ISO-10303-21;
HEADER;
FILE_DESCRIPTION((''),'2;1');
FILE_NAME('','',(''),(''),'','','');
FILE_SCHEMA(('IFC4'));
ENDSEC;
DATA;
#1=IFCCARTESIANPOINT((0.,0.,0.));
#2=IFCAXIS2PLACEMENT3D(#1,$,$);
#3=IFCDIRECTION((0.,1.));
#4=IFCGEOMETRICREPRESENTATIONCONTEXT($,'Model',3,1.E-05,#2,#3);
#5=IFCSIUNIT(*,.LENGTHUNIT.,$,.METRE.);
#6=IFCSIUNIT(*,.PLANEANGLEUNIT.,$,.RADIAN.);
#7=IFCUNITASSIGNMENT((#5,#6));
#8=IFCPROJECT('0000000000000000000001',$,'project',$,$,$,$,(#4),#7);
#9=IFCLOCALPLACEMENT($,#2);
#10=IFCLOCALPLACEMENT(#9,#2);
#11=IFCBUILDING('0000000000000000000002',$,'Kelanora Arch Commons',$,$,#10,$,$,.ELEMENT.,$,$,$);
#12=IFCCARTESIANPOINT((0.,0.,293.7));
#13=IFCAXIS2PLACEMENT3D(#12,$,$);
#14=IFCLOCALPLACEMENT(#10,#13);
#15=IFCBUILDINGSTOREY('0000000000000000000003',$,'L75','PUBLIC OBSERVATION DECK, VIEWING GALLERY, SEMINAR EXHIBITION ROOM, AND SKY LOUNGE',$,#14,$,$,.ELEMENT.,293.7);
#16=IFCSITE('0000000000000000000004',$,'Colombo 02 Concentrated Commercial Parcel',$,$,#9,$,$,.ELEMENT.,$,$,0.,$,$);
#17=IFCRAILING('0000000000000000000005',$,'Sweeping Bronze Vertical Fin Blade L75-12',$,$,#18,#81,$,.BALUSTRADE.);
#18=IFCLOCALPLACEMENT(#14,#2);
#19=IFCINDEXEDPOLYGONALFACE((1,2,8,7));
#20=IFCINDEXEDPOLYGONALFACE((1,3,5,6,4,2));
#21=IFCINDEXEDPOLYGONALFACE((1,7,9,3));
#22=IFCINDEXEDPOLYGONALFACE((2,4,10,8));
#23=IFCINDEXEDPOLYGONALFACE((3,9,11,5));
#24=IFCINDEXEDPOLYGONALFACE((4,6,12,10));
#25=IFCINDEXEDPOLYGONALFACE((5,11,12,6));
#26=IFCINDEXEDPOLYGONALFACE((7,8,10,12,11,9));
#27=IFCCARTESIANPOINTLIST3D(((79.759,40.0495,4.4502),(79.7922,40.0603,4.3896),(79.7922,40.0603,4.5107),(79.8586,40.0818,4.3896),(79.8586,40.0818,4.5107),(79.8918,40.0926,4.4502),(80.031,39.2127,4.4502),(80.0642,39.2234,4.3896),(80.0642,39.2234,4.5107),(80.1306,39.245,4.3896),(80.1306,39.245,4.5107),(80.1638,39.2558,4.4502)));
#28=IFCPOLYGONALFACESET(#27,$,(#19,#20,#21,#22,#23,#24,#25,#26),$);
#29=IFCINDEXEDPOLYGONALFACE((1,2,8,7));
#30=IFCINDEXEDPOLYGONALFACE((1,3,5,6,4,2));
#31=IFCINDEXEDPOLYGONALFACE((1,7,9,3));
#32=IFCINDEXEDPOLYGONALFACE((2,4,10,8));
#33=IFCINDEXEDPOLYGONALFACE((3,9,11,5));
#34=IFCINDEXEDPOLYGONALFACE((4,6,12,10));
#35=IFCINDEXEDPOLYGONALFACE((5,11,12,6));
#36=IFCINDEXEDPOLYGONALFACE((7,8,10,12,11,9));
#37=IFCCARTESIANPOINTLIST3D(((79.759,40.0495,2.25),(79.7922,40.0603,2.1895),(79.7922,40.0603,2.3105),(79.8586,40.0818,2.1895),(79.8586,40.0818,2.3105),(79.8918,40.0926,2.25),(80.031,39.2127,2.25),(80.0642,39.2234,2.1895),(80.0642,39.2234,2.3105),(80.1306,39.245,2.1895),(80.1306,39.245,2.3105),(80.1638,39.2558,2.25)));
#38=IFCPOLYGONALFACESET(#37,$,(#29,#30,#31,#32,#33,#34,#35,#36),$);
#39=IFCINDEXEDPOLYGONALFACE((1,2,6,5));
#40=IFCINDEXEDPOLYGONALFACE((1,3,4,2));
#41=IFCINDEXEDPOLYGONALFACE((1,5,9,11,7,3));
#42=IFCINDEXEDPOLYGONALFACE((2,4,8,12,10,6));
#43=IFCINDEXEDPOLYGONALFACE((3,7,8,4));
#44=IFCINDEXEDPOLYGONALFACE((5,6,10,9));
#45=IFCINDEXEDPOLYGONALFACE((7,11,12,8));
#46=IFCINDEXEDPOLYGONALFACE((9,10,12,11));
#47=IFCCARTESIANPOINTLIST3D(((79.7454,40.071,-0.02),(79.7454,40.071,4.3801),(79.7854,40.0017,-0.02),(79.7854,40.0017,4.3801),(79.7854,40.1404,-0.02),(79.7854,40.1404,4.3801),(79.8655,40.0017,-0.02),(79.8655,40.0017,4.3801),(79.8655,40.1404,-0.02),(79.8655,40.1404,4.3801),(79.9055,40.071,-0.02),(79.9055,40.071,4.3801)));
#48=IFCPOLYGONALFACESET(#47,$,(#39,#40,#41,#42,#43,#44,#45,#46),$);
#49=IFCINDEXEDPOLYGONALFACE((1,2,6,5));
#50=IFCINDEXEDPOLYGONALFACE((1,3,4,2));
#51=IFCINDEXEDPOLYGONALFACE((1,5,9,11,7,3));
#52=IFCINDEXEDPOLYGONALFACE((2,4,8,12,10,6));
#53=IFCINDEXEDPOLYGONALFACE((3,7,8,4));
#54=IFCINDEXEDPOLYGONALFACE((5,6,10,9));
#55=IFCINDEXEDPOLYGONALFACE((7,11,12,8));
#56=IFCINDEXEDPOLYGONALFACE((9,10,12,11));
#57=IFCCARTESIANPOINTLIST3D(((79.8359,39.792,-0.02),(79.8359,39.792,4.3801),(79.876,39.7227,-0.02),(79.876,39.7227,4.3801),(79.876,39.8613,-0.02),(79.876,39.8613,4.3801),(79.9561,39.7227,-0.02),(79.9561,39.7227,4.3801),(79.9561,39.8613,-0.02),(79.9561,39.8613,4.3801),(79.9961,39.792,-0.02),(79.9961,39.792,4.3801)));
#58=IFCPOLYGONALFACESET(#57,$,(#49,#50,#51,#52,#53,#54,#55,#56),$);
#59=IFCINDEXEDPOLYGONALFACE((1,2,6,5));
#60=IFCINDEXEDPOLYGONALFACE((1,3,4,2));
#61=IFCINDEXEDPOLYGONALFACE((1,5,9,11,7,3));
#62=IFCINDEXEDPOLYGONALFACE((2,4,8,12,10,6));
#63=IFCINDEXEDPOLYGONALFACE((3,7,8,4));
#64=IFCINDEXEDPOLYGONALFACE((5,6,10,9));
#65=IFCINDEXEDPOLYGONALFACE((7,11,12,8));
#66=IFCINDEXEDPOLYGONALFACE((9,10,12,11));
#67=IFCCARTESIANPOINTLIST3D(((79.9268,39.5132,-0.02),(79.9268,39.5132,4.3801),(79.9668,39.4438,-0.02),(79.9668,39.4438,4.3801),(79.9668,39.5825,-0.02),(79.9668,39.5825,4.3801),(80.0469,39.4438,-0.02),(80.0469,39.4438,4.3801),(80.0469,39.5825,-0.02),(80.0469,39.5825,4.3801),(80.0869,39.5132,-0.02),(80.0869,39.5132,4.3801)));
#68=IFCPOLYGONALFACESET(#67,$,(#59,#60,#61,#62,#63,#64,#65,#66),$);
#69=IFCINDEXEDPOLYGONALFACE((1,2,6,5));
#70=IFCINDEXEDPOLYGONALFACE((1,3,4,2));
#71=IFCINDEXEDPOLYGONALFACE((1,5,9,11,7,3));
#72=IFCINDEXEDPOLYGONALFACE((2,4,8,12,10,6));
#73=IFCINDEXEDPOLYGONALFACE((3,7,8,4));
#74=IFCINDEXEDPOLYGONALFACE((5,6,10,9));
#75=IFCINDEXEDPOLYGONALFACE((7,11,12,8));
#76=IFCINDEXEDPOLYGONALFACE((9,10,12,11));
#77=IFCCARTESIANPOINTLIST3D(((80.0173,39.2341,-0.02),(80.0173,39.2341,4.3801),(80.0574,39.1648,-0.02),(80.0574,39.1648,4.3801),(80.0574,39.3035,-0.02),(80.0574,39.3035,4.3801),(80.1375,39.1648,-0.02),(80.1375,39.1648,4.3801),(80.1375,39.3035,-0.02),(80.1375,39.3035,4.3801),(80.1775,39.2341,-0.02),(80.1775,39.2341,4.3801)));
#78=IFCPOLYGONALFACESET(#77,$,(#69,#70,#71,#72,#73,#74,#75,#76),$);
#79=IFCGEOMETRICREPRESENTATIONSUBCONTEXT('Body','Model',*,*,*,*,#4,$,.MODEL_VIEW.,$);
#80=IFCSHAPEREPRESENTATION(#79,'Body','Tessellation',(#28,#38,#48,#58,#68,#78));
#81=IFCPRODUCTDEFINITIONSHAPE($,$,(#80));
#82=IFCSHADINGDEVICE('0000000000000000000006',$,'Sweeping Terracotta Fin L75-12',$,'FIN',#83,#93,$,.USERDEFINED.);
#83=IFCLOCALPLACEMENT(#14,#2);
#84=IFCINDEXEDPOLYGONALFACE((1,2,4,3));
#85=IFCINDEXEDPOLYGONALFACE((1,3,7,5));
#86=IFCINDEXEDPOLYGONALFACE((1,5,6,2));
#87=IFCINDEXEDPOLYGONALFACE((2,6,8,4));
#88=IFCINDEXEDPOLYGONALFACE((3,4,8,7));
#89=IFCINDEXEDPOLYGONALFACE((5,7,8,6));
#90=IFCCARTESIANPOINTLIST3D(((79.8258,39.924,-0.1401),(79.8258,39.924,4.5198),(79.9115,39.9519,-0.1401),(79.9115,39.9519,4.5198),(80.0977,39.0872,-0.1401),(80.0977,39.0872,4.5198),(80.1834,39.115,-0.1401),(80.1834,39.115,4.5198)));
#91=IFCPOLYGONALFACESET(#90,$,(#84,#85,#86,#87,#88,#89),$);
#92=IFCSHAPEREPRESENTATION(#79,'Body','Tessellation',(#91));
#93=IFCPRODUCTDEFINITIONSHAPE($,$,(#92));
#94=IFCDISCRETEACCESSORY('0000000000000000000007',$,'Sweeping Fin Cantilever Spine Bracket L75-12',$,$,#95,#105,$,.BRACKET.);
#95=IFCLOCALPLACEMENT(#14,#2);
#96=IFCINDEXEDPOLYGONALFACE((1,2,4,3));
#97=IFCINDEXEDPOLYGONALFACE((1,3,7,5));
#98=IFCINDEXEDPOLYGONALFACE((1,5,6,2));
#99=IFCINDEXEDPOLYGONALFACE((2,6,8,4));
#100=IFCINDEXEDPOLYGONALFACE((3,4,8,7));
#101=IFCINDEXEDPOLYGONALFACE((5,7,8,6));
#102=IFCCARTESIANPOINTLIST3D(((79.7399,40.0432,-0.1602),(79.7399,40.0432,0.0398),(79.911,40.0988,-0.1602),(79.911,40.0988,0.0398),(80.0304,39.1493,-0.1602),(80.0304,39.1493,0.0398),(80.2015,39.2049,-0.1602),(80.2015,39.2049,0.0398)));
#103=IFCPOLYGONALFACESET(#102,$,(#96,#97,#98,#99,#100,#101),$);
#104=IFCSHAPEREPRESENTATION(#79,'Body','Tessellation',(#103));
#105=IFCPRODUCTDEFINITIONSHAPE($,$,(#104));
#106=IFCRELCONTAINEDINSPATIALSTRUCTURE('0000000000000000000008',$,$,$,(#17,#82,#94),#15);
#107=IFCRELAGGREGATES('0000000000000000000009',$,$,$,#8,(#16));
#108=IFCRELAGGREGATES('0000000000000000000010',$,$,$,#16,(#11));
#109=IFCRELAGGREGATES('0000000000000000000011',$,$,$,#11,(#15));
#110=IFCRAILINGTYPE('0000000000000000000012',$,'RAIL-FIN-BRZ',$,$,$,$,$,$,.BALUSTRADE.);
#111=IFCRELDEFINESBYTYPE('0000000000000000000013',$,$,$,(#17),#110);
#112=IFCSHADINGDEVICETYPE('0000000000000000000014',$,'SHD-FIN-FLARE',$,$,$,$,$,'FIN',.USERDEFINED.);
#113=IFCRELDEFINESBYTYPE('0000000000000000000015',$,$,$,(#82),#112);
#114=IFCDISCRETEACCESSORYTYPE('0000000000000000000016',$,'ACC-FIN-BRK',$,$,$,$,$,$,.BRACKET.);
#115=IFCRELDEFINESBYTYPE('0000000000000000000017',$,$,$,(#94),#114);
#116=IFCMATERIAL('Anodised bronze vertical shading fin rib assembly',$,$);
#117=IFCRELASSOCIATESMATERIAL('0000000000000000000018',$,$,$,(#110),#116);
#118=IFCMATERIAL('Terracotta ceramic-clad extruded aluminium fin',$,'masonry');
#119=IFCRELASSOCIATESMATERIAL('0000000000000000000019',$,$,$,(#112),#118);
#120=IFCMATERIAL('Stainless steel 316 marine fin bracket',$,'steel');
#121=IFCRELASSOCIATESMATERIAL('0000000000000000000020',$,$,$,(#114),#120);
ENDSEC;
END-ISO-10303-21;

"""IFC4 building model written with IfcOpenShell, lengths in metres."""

from ifc_helpers import new_model, si_unit, direction, frame, origin, origin_2d, place, context, subcontext, project, spatial, polyline, rectangle, outline, extrude, source, transform, mapped, material, type_object, element, save


model = new_model("IFC4")

# Units and contexts
model_context = context("Model", 3, precision=1e-05, world=origin(), true_north=direction((0.0, 1.0)))
body_context = subcontext(model_context, "Body", "Model", "MODEL_VIEW")
ifc_project = project(units=[si_unit("LENGTHUNIT", "METRE"), si_unit("PLANEANGLEUNIT", "RADIAN")], contexts=[model_context])

# Site, building, storey
site_placement = place(None, origin())
site = spatial("IfcSite", under=ifc_project, at=site_placement, Name="Colombo 02 Concentrated Commercial Parcel", CompositionType="ELEMENT", RefElevation=0.0)
building_placement = place(site_placement, origin())
building = spatial("IfcBuilding", under=site, at=building_placement, Name="Kelanora Arch Commons", CompositionType="ELEMENT")
storey_placement = place(building_placement, frame((0.0, 0.0, 293.7)))
storey = spatial("IfcBuildingStorey", under=building, at=storey_placement, Name="L75", Description="PUBLIC OBSERVATION DECK, VIEWING GALLERY, SEMINAR EXHIBITION ROOM, AND SKY LOUNGE", CompositionType="ELEMENT", Elevation=293.7)

# Railing
ifc_material_1 = material(Name="Anodised bronze vertical shading fin rib assembly")
railing_type = type_object("IfcRailingType", Name="RAIL-FIN-BRZ", PredefinedType="BALUSTRADE", material=ifc_material_1)
railing_placement = place(storey_placement, frame((79.8254, 40.071, -0.02)))
element("IfcRailing", 1, at=railing_placement, inside=storey, type_object=railing_type, Name="Sweeping Bronze Vertical Fin Blade L75-12", PredefinedType="BALUSTRADE", context=body_context, shape_type="SweptSolid", body=[
    extrude(outline(polyline([(0.0698, 0.0), (0.0349, 0.0605), (-0.0349, 0.0605), (-0.0698, 0.0), (-0.0349, -0.0605), (0.0349, -0.0605), (0.0698, 0.0)])), frame((0.0, 0.0, 4.4702), z_axis=(0.309061, -0.951042, 0.0), x_axis=(0.951042, 0.309061, 0.0)), (0.0, 0.0, 1.0), 0.8799),
    extrude(outline(polyline([(0.0698, 0.0), (0.0349, 0.0605), (-0.0349, 0.0605), (-0.0698, 0.0), (-0.0349, -0.0605), (0.0349, -0.0605), (0.0698, 0.0)])), frame((0.0, 0.0, 2.27), z_axis=(0.309061, -0.951042, 0.0), x_axis=(0.951042, 0.309061, 0.0)), (0.0, 0.0, 1.0), 0.8799),
    extrude(outline(polyline([(0.0801, 0.0), (0.04, 0.0693), (-0.04, 0.0693), (-0.0801, 0.0), (-0.04, -0.0693), (0.04, -0.0693), (0.0801, 0.0)])), origin(), (0.0, 0.0, 1.0), 4.4001),
    extrude(outline(polyline([(0.0801, 0.0), (0.04, 0.0693), (-0.04, 0.0693), (-0.0801, 0.0), (-0.04, -0.0693), (0.04, -0.0693), (0.0801, 0.0)])), frame((0.0906, -0.2791, 0.0)), (0.0, 0.0, 1.0), 4.4001),
    extrude(outline(polyline([(0.0801, 0.0), (0.04, 0.0693), (-0.04, 0.0693), (-0.0801, 0.0), (-0.04, -0.0693), (0.04, -0.0693), (0.0801, 0.0)])), frame((0.1814, -0.5579, 0.0)), (0.0, 0.0, 1.0), 4.4001),
    extrude(outline(polyline([(0.0801, 0.0), (0.04, 0.0693), (-0.04, 0.0693), (-0.0801, 0.0), (-0.04, -0.0693), (0.04, -0.0693), (0.0801, 0.0)])), frame((0.272, -0.8369, 0.0)), (0.0, 0.0, 1.0), 4.4001),
])

# Shading device
ifc_material_2 = material(Name="Terracotta ceramic-clad extruded aluminium fin", Category="masonry")
shading_device_type = type_object("IfcShadingDeviceType", Name="SHD-FIN-FLARE", ElementType="FIN", PredefinedType="USERDEFINED", material=ifc_material_2)
shared_shape_1 = source(origin(), body_context, "Body", "SweptSolid", [
    extrude(rectangle(XDim=0.8799, YDim=0.0901, at=origin_2d()), origin(), (0.0, 0.0, 1.0), 4.6599),
])
shading_device_placement = place(storey_placement, frame((80.0046, 39.5195, -0.1401), z_axis=(0.0, 0.0, 1.0), x_axis=(0.309017, -0.951057, 0.0)))
element("IfcShadingDevice", 2, at=shading_device_placement, inside=storey, type_object=shading_device_type, Name="Sweeping Terracotta Fin L75-12", ObjectType="FIN", PredefinedType="USERDEFINED", context=body_context, shape_type="MappedRepresentation", body=[
    mapped(shared_shape_1, transform((0.0, 0.0, 0.0), scale=1.0)),
])

# Discrete accessory
ifc_material_3 = material(Name="Stainless steel 316 marine fin bracket", Category="steel")
discrete_accessory_type = type_object("IfcDiscreteAccessoryType", Name="ACC-FIN-BRK", PredefinedType="BRACKET", material=ifc_material_3)
shared_shape_2 = source(origin(), body_context, "Body", "SweptSolid", [
    extrude(rectangle(XDim=0.9399, YDim=0.1799, at=origin_2d()), origin(), (0.0, 0.0, 1.0), 0.2),
])
discrete_accessory_placement = place(storey_placement, frame((79.9707, 39.624, -0.1602), z_axis=(0.0, 0.0, 1.0), x_axis=(0.309017, -0.951057, 0.0)))
element("IfcDiscreteAccessory", 3, at=discrete_accessory_placement, inside=storey, type_object=discrete_accessory_type, Name="Sweeping Fin Cantilever Spine Bracket L75-12", PredefinedType="BRACKET", context=body_context, shape_type="MappedRepresentation", body=[
    mapped(shared_shape_2, transform((0.0, 0.0, 0.0), scale=1.0)),
])

save(model, "model.ifc")
